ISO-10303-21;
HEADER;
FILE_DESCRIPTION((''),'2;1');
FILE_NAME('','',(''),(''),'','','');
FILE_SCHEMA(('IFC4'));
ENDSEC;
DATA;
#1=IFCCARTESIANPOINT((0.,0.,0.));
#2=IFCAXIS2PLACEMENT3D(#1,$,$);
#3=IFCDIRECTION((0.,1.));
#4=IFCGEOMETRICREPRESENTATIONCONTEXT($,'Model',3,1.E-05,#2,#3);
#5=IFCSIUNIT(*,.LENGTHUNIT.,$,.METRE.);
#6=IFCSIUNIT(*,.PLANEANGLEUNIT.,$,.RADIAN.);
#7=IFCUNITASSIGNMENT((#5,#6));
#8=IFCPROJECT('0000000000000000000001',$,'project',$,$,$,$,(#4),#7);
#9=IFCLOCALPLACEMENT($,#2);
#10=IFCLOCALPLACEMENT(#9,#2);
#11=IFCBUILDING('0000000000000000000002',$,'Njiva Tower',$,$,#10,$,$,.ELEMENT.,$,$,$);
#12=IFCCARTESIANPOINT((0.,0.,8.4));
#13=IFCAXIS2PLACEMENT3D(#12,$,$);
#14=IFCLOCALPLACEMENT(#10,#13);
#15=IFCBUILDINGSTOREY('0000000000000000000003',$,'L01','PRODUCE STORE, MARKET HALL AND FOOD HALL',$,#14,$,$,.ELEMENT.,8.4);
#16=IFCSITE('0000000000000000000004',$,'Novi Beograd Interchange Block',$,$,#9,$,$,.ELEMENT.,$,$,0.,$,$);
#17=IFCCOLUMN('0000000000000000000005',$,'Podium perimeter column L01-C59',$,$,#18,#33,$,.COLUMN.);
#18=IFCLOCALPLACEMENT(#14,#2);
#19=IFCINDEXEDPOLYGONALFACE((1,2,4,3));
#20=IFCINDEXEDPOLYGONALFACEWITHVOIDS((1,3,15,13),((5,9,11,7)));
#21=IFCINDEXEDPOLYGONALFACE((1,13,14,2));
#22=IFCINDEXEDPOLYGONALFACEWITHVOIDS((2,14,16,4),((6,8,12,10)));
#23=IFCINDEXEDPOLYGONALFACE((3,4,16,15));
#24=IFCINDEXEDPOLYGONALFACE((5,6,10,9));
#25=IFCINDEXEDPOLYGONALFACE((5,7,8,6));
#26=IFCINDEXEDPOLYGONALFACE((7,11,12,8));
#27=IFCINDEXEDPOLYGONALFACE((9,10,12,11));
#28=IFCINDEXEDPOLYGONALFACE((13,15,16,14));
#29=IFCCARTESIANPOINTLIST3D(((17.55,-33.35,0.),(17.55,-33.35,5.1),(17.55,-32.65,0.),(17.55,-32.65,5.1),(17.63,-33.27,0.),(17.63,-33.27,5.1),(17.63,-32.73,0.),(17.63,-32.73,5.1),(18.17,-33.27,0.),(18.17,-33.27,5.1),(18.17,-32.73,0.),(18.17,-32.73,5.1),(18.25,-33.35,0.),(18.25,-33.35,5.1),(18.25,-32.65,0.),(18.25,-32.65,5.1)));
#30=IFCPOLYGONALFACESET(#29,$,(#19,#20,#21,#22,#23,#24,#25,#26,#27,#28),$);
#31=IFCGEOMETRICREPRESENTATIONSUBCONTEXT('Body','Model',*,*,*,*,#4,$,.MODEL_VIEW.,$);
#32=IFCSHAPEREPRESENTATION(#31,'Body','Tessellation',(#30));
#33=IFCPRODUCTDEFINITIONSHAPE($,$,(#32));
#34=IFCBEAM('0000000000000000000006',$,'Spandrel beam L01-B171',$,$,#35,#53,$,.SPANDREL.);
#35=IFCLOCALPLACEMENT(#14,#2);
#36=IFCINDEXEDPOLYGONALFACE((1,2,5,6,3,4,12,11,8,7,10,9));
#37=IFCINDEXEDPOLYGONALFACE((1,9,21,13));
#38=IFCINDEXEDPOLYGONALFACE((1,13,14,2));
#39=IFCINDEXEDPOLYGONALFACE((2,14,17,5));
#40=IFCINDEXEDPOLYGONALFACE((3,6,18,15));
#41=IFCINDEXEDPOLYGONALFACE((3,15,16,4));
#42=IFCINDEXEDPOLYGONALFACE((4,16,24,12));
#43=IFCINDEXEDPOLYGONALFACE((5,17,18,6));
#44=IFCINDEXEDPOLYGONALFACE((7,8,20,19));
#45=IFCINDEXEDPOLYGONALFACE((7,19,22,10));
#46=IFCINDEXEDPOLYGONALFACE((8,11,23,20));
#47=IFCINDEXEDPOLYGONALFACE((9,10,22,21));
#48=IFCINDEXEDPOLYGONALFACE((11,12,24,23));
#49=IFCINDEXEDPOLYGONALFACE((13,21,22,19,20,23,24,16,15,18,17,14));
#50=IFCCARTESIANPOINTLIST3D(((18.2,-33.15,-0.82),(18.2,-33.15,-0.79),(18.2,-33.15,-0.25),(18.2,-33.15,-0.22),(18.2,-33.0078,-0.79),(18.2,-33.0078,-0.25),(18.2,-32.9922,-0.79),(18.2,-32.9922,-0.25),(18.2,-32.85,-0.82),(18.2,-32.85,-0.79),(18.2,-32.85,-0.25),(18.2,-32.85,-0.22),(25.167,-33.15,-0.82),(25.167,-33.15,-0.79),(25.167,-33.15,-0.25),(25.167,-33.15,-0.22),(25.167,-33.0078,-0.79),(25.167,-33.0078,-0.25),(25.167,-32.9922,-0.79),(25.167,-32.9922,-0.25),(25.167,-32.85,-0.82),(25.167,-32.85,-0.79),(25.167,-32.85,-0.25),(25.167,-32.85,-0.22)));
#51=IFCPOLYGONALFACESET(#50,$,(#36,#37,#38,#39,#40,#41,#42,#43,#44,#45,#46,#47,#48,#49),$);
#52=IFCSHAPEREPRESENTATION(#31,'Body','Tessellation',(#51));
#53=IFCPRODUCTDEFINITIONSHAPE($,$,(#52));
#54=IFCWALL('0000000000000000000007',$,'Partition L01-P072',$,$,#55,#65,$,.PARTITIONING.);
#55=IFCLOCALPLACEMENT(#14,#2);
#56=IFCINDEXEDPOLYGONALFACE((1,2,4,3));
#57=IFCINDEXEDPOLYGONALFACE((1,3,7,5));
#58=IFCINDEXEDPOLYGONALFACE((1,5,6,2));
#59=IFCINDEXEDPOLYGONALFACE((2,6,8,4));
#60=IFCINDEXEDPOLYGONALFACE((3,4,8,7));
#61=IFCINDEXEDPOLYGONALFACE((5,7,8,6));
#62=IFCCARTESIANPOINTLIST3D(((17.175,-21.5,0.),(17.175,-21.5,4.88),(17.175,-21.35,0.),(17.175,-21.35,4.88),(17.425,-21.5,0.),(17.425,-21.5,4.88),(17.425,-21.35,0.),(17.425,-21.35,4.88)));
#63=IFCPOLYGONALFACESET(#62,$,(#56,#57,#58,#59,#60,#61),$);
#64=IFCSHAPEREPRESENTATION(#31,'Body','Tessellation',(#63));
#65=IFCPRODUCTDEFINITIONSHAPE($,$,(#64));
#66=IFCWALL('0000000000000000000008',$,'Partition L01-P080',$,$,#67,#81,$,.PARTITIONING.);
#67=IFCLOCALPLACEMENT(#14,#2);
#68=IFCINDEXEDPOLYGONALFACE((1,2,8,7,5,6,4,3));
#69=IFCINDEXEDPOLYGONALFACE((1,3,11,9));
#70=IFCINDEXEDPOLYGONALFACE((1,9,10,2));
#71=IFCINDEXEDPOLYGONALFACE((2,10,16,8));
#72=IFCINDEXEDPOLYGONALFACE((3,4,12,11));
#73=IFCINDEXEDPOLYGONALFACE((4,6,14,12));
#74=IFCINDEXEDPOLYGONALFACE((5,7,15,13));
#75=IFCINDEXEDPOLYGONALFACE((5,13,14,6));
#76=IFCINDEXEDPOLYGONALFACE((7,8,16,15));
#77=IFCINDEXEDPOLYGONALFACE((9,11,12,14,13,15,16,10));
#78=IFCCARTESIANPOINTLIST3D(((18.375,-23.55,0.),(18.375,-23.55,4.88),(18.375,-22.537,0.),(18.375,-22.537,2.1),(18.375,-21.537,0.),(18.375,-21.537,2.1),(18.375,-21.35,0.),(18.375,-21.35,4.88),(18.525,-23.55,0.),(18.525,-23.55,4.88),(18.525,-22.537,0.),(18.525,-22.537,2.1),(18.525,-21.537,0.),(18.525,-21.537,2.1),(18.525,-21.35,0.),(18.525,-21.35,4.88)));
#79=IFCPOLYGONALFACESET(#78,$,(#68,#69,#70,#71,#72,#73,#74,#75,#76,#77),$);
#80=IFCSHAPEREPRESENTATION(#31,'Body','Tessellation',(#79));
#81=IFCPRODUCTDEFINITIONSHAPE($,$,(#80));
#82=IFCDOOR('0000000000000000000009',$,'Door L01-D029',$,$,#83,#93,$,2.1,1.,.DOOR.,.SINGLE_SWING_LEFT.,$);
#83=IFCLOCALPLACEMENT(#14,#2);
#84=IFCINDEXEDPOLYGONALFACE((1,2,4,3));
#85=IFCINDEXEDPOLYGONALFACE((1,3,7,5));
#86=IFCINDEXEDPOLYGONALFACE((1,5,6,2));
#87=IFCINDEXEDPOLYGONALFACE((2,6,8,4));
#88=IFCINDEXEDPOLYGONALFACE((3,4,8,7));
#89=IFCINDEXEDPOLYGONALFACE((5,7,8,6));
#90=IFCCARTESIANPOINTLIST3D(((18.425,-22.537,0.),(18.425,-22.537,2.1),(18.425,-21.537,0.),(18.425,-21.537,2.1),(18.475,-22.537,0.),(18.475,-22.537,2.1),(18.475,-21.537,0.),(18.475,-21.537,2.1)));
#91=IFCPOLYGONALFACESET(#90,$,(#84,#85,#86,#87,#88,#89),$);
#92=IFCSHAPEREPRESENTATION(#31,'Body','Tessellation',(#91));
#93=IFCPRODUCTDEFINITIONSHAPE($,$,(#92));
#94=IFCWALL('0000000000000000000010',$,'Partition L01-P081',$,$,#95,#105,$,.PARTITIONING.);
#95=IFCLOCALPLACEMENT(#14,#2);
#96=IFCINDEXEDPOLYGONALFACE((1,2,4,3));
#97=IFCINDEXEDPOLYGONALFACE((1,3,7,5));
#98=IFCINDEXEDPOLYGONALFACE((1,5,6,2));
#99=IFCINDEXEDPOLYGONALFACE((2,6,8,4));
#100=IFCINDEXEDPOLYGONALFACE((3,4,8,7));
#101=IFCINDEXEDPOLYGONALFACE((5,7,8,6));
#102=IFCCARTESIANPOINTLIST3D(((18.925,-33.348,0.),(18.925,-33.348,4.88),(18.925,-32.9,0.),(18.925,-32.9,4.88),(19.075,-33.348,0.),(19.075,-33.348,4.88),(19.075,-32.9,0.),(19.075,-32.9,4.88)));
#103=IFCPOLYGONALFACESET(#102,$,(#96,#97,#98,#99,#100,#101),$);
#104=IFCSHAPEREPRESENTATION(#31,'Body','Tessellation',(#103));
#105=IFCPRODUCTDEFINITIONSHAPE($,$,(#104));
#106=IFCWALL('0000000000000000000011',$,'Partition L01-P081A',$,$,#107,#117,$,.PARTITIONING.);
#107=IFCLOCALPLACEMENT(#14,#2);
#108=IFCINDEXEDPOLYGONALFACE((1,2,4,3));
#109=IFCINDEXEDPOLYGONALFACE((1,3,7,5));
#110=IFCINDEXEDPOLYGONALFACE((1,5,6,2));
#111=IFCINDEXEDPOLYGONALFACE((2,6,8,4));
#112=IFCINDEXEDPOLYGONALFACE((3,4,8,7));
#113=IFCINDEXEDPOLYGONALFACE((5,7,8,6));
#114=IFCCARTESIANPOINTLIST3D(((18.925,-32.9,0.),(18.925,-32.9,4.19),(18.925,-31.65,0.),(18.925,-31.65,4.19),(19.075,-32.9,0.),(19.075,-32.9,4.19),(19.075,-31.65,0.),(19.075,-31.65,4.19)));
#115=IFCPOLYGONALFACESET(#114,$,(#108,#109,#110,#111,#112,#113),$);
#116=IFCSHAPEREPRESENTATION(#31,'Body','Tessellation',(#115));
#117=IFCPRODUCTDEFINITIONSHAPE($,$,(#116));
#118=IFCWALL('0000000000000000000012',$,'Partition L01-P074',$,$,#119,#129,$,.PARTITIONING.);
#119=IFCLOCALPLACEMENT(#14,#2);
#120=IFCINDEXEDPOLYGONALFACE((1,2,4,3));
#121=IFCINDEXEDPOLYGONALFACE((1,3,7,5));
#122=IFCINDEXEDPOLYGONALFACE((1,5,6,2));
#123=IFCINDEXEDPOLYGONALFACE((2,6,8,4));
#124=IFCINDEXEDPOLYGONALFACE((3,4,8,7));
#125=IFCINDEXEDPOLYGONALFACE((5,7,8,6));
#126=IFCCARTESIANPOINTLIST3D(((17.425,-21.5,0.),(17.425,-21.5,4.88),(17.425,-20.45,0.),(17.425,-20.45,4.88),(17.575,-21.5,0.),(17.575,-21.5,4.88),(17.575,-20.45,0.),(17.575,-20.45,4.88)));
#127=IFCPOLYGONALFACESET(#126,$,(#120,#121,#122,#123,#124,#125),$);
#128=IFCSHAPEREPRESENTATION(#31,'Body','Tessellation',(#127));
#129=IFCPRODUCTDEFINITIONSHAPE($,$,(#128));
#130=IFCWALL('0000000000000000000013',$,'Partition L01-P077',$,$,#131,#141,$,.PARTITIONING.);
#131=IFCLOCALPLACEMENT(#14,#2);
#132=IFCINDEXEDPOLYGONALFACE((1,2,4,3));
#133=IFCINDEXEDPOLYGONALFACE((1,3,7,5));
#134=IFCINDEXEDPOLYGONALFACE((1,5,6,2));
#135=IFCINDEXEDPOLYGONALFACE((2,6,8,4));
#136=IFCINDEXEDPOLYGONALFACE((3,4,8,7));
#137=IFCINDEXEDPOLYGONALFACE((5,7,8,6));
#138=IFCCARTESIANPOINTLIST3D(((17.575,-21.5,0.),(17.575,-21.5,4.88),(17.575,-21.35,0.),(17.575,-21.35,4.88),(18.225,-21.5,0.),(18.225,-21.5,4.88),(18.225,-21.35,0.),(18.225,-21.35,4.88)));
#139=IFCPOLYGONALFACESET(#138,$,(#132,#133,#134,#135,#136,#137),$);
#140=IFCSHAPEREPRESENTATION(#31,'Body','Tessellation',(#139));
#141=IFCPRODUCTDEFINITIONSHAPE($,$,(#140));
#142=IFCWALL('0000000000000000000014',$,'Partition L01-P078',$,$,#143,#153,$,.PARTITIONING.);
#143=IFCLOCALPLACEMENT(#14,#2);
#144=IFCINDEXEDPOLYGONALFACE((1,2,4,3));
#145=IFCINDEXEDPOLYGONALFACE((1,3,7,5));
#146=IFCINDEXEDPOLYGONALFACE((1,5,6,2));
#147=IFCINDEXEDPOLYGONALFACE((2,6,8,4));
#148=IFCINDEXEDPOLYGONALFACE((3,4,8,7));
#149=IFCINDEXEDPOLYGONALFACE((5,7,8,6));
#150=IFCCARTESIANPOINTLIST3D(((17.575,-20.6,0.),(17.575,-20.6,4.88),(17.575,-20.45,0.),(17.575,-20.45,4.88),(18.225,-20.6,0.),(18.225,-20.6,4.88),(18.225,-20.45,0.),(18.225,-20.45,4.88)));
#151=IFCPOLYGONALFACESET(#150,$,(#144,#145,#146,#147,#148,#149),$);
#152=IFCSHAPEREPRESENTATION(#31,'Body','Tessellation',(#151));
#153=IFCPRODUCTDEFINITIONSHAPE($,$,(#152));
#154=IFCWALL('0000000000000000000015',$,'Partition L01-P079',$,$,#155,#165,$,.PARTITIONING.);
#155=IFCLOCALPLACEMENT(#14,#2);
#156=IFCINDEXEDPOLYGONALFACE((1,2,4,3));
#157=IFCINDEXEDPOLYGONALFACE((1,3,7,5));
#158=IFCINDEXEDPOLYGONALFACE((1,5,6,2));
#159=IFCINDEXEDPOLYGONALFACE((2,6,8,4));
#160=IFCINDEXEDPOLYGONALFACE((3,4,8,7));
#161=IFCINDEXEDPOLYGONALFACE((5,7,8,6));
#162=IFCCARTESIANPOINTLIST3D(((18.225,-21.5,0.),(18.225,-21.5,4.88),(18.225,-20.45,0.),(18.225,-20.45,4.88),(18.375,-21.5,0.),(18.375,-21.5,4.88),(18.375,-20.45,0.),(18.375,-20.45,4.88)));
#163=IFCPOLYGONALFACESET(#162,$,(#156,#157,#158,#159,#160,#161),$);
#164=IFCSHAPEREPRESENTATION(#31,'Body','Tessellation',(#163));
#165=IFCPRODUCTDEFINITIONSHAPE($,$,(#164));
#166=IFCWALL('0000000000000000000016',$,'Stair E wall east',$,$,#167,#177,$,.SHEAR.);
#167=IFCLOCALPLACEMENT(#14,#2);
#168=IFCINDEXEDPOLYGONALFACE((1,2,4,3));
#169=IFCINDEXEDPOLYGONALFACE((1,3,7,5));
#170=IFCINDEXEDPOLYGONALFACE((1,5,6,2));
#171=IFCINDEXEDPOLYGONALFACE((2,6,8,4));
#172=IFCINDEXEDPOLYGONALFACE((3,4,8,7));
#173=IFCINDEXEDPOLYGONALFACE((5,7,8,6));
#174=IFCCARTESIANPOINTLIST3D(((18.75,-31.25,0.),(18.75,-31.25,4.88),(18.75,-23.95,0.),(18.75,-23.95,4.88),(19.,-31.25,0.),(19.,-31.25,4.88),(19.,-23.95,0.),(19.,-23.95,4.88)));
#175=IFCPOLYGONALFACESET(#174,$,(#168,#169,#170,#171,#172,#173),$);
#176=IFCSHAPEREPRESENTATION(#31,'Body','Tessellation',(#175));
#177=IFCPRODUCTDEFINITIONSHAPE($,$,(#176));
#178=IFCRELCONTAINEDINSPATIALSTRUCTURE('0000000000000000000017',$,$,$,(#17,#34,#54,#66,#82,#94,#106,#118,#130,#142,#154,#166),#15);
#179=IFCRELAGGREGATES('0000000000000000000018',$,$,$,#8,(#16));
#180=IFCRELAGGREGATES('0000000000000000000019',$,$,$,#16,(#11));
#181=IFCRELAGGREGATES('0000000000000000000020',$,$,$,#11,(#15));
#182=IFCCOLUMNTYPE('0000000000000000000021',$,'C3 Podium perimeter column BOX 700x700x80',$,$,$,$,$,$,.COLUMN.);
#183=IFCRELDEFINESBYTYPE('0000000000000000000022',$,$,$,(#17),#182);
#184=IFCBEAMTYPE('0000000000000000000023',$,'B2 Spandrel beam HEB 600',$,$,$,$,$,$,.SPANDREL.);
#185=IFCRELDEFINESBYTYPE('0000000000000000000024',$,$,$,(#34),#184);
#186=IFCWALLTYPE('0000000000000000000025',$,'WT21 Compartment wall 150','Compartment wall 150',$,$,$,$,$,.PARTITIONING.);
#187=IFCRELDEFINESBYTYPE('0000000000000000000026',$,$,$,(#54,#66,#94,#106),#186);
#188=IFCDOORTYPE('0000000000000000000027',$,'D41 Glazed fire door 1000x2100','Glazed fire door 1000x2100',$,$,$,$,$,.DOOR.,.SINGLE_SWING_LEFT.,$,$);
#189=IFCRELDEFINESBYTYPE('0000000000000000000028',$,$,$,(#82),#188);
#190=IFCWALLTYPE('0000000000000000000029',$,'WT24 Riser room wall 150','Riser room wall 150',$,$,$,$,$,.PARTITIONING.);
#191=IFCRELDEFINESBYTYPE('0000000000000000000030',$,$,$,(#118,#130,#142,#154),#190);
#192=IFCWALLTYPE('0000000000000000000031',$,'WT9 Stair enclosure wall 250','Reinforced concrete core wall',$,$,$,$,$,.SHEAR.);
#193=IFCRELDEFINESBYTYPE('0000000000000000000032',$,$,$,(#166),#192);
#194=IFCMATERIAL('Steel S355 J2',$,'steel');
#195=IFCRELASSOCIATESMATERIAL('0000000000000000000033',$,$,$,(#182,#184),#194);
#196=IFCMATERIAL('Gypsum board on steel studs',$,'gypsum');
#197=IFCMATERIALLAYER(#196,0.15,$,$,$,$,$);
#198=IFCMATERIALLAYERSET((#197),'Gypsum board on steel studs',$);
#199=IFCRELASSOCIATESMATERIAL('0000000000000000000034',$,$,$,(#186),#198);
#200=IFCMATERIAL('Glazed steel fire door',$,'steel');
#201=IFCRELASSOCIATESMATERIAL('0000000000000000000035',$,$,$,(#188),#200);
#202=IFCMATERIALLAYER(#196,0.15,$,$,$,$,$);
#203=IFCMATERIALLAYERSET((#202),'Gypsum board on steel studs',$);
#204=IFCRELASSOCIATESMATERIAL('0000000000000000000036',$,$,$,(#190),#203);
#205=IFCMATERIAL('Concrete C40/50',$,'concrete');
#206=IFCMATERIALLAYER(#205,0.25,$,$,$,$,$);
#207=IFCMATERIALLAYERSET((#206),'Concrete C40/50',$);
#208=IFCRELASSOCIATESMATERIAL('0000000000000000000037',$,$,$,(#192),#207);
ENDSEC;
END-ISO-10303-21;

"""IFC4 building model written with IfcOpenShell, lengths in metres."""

from ifc_helpers import new_model, si_unit, direction, frame, frame_2d, origin, origin_2d, place, context, subcontext, project, spatial, rectangle, hollow_rectangle, i_section, extrude, material, layer, layer_set, material_profile, profile_set, type_object, element, fill, save


model = new_model("IFC4")

# Units and contexts
model_context = context("Model", 3, precision=1e-05, world=origin(), true_north=direction((0.0, 1.0)))
body_context = subcontext(model_context, "Body", "Model", "MODEL_VIEW")
ifc_project = project(units=[si_unit("LENGTHUNIT", "METRE"), si_unit("PLANEANGLEUNIT", "RADIAN")], contexts=[model_context])

# Site, building, storey
site_placement = place(None, origin())
site = spatial("IfcSite", under=ifc_project, at=site_placement, Name="Novi Beograd Interchange Block", CompositionType="ELEMENT", RefElevation=0.0)
building_placement = place(site_placement, origin())
building = spatial("IfcBuilding", under=site, at=building_placement, Name="Njiva Tower", CompositionType="ELEMENT")
storey_placement = place(building_placement, frame((0.0, 0.0, 8.4)))
storey = spatial("IfcBuildingStorey", under=building, at=storey_placement, Name="L01", Description="PRODUCE STORE, MARKET HALL AND FOOD HALL", CompositionType="ELEMENT", Elevation=8.4)

# Column
ifc_material_1 = material(Name="Steel S355 J2", Category="steel")
ifc_material_profile_1 = material_profile(ifc_material_1, hollow_rectangle(XDim=0.7, YDim=0.7, WallThickness=0.08, at=origin_2d()), Name="BOX 700x700x80")
ifc_profile_set_1 = profile_set([ifc_material_profile_1], Name="Steel S355 J2")
column_type = type_object("IfcColumnType", Name="C3 Podium perimeter column BOX 700x700x80", PredefinedType="COLUMN", material=ifc_profile_set_1)
column_placement = place(storey_placement, frame((17.9, -33.0, 0.0), z_axis=(0.0, 0.0, 1.0), x_axis=(1.0, 0.0, 0.0)))
element("IfcColumn", 1, at=column_placement, inside=storey, type_object=column_type, Name="Podium perimeter column L01-C59", PredefinedType="COLUMN", context=body_context, shape_type="SweptSolid", body=[
    extrude(hollow_rectangle(XDim=0.7, YDim=0.7, WallThickness=0.08, at=origin_2d()), origin(), (0.0, 0.0, 1.0), 5.1),
])

# Beam
ifc_material_profile_2 = material_profile(ifc_material_1, i_section(OverallWidth=0.3, OverallDepth=0.6, WebThickness=0.0155, FlangeThickness=0.03, at=origin_2d()), Name="HEB 600")
ifc_profile_set_2 = profile_set([ifc_material_profile_2], Name="Steel S355 J2")
beam_type = type_object("IfcBeamType", Name="B2 Spandrel beam HEB 600", PredefinedType="SPANDREL", material=ifc_profile_set_2)
beam_placement = place(storey_placement, frame((18.2, -33.0, -0.52), z_axis=(1.0, 0.0, 0.0), x_axis=(0.0, 1.0, 0.0)))
element("IfcBeam", 2, at=beam_placement, inside=storey, type_object=beam_type, Name="Spandrel beam L01-B171", PredefinedType="SPANDREL", context=body_context, shape_type="SweptSolid", body=[
    extrude(i_section(OverallWidth=0.3, OverallDepth=0.6, WebThickness=0.0155, FlangeThickness=0.03, at=origin_2d()), origin(), (0.0, 0.0, 1.0), 6.967),
])

# Wall
ifc_material_2 = material(Name="Gypsum board on steel studs", Category="gypsum")
ifc_layer_1 = layer(ifc_material_2, 0.15)
ifc_layer_set_1 = layer_set([ifc_layer_1], Name="Gypsum board on steel studs")
wall_type_1 = type_object("IfcWallType", Name="WT21 Compartment wall 150", Description="Compartment wall 150", PredefinedType="PARTITIONING", material=ifc_layer_set_1)
wall_1_placement = place(storey_placement, frame((17.175, -21.425, 0.0), z_axis=(0.0, 0.0, 1.0), x_axis=(1.0, 0.0, 0.0)))
element("IfcWall", 3, at=wall_1_placement, inside=storey, type_object=wall_type_1, Name="Partition L01-P072", PredefinedType="PARTITIONING", context=body_context, shape_type="SweptSolid", body=[
    extrude(rectangle(XDim=0.25, YDim=0.15, at=frame_2d((0.125, 0.0))), origin(), (0.0, 0.0, 1.0), 4.88),
])

# Wall, opening, door
wall_2_placement = place(storey_placement, frame((18.45, -23.55, 0.0), z_axis=(0.0, 0.0, 1.0), x_axis=(0.0, 1.0, 0.0)))
wall_2 = element("IfcWall", 4, at=wall_2_placement, inside=storey, type_object=wall_type_1, Name="Partition L01-P080", PredefinedType="PARTITIONING", context=body_context, shape_type="SweptSolid", body=[
    extrude(rectangle(XDim=2.2, YDim=0.15, at=frame_2d((1.1, 0.0))), origin(), (0.0, 0.0, 1.0), 4.88),
])
opening_placement = place(wall_2_placement, frame((1.013, 0.0, 0.0)))
opening = element("IfcOpeningElement", 5, at=opening_placement, cuts=wall_2, PredefinedType="OPENING", context=body_context, shape_type="SweptSolid", body=[
    extrude(rectangle(XDim=1.0, YDim=2.1, at=frame_2d((0.5, 1.05))), frame((0.0, 0.085, 0.0), z_axis=(0.0, -1.0, 0.0), x_axis=(1.0, 0.0, 0.0)), (0.0, 0.0, 1.0), 0.17),
])
ifc_material_3 = material(Name="Glazed steel fire door", Category="steel")
door_type = type_object("IfcDoorType", Name="D41 Glazed fire door 1000x2100", Description="Glazed fire door 1000x2100", OperationType="SINGLE_SWING_LEFT", PredefinedType="DOOR", material=ifc_material_3)
door_placement = place(opening_placement, origin())
door = element("IfcDoor", 6, at=door_placement, inside=storey, type_object=door_type, Name="Door L01-D029", OperationType="SINGLE_SWING_LEFT", OverallHeight=2.1, OverallWidth=1.0, PredefinedType="DOOR", context=body_context, shape_type="SweptSolid", body=[
    extrude(rectangle(XDim=1.0, YDim=2.1, at=frame_2d((0.5, 1.05))), frame((0.0, 0.025, 0.0), z_axis=(0.0, -1.0, 0.0), x_axis=(1.0, 0.0, 0.0)), (0.0, 0.0, 1.0), 0.05),
])
fill(opening, door)

# Walls
wall_3_placement = place(storey_placement, frame((19.0, -33.348, 0.0), z_axis=(0.0, 0.0, 1.0), x_axis=(0.0, 1.0, 0.0)))
element("IfcWall", 7, at=wall_3_placement, inside=storey, type_object=wall_type_1, Name="Partition L01-P081", PredefinedType="PARTITIONING", context=body_context, shape_type="SweptSolid", body=[
    extrude(rectangle(XDim=0.448, YDim=0.15, at=frame_2d((0.224, 0.0))), origin(), (0.0, 0.0, 1.0), 4.88),
])
wall_4_placement = place(storey_placement, frame((19.0, -32.9, 0.0), z_axis=(0.0, 0.0, 1.0), x_axis=(0.0, 1.0, 0.0)))
element("IfcWall", 8, at=wall_4_placement, inside=storey, type_object=wall_type_1, Name="Partition L01-P081A", PredefinedType="PARTITIONING", context=body_context, shape_type="SweptSolid", body=[
    extrude(rectangle(XDim=1.25, YDim=0.15, at=frame_2d((0.625, 0.0))), origin(), (0.0, 0.0, 1.0), 4.19),
])
ifc_layer_2 = layer(ifc_material_2, 0.15)
ifc_layer_set_2 = layer_set([ifc_layer_2], Name="Gypsum board on steel studs")
wall_type_2 = type_object("IfcWallType", Name="WT24 Riser room wall 150", Description="Riser room wall 150", PredefinedType="PARTITIONING", material=ifc_layer_set_2)
wall_5_placement = place(storey_placement, frame((17.5, -21.5, 0.0), z_axis=(0.0, 0.0, 1.0), x_axis=(0.0, 1.0, 0.0)))
element("IfcWall", 9, at=wall_5_placement, inside=storey, type_object=wall_type_2, Name="Partition L01-P074", PredefinedType="PARTITIONING", context=body_context, shape_type="SweptSolid", body=[
    extrude(rectangle(XDim=1.05, YDim=0.15, at=frame_2d((0.525, 0.0))), origin(), (0.0, 0.0, 1.0), 4.88),
])
for number, where, z_axis, x_axis, name in (
    (10, (17.575, -21.425, 0.0), (0.0, 0.0, 1.0), (1.0, 0.0, 0.0), "Partition L01-P077"),
    (11, (17.575, -20.525, 0.0), (0.0, 0.0, 1.0), (1.0, 0.0, 0.0), "Partition L01-P078"),
):
    element("IfcWall", number, at=place(storey_placement, frame(where, z_axis=z_axis, x_axis=x_axis)), inside=storey, type_object=wall_type_2, Name=name, PredefinedType="PARTITIONING", context=body_context, shape_type="SweptSolid", body=[
        extrude(rectangle(XDim=0.65, YDim=0.15, at=frame_2d((0.325, 0.0))), origin(), (0.0, 0.0, 1.0), 4.88),
    ])
wall_6_placement = place(storey_placement, frame((18.3, -21.5, 0.0), z_axis=(0.0, 0.0, 1.0), x_axis=(0.0, 1.0, 0.0)))
element("IfcWall", 12, at=wall_6_placement, inside=storey, type_object=wall_type_2, Name="Partition L01-P079", PredefinedType="PARTITIONING", context=body_context, shape_type="SweptSolid", body=[
    extrude(rectangle(XDim=1.05, YDim=0.15, at=frame_2d((0.525, 0.0))), origin(), (0.0, 0.0, 1.0), 4.88),
])
ifc_material_4 = material(Name="Concrete C40/50", Category="concrete")
ifc_layer_3 = layer(ifc_material_4, 0.25)
ifc_layer_set_3 = layer_set([ifc_layer_3], Name="Concrete C40/50")
wall_type_3 = type_object("IfcWallType", Name="WT9 Stair enclosure wall 250", Description="Reinforced concrete core wall", PredefinedType="SHEAR", material=ifc_layer_set_3)
wall_7_placement = place(storey_placement, frame((18.875, -31.25, 0.0), z_axis=(0.0, 0.0, 1.0), x_axis=(0.0, 1.0, 0.0)))
element("IfcWall", 13, at=wall_7_placement, inside=storey, type_object=wall_type_3, Name="Stair E wall east", PredefinedType="SHEAR", context=body_context, shape_type="SweptSolid", body=[
    extrude(rectangle(XDim=7.3, YDim=0.25, at=frame_2d((3.65, 0.0))), origin(), (0.0, 0.0, 1.0), 4.88),
])

save(model, "model.ifc")
